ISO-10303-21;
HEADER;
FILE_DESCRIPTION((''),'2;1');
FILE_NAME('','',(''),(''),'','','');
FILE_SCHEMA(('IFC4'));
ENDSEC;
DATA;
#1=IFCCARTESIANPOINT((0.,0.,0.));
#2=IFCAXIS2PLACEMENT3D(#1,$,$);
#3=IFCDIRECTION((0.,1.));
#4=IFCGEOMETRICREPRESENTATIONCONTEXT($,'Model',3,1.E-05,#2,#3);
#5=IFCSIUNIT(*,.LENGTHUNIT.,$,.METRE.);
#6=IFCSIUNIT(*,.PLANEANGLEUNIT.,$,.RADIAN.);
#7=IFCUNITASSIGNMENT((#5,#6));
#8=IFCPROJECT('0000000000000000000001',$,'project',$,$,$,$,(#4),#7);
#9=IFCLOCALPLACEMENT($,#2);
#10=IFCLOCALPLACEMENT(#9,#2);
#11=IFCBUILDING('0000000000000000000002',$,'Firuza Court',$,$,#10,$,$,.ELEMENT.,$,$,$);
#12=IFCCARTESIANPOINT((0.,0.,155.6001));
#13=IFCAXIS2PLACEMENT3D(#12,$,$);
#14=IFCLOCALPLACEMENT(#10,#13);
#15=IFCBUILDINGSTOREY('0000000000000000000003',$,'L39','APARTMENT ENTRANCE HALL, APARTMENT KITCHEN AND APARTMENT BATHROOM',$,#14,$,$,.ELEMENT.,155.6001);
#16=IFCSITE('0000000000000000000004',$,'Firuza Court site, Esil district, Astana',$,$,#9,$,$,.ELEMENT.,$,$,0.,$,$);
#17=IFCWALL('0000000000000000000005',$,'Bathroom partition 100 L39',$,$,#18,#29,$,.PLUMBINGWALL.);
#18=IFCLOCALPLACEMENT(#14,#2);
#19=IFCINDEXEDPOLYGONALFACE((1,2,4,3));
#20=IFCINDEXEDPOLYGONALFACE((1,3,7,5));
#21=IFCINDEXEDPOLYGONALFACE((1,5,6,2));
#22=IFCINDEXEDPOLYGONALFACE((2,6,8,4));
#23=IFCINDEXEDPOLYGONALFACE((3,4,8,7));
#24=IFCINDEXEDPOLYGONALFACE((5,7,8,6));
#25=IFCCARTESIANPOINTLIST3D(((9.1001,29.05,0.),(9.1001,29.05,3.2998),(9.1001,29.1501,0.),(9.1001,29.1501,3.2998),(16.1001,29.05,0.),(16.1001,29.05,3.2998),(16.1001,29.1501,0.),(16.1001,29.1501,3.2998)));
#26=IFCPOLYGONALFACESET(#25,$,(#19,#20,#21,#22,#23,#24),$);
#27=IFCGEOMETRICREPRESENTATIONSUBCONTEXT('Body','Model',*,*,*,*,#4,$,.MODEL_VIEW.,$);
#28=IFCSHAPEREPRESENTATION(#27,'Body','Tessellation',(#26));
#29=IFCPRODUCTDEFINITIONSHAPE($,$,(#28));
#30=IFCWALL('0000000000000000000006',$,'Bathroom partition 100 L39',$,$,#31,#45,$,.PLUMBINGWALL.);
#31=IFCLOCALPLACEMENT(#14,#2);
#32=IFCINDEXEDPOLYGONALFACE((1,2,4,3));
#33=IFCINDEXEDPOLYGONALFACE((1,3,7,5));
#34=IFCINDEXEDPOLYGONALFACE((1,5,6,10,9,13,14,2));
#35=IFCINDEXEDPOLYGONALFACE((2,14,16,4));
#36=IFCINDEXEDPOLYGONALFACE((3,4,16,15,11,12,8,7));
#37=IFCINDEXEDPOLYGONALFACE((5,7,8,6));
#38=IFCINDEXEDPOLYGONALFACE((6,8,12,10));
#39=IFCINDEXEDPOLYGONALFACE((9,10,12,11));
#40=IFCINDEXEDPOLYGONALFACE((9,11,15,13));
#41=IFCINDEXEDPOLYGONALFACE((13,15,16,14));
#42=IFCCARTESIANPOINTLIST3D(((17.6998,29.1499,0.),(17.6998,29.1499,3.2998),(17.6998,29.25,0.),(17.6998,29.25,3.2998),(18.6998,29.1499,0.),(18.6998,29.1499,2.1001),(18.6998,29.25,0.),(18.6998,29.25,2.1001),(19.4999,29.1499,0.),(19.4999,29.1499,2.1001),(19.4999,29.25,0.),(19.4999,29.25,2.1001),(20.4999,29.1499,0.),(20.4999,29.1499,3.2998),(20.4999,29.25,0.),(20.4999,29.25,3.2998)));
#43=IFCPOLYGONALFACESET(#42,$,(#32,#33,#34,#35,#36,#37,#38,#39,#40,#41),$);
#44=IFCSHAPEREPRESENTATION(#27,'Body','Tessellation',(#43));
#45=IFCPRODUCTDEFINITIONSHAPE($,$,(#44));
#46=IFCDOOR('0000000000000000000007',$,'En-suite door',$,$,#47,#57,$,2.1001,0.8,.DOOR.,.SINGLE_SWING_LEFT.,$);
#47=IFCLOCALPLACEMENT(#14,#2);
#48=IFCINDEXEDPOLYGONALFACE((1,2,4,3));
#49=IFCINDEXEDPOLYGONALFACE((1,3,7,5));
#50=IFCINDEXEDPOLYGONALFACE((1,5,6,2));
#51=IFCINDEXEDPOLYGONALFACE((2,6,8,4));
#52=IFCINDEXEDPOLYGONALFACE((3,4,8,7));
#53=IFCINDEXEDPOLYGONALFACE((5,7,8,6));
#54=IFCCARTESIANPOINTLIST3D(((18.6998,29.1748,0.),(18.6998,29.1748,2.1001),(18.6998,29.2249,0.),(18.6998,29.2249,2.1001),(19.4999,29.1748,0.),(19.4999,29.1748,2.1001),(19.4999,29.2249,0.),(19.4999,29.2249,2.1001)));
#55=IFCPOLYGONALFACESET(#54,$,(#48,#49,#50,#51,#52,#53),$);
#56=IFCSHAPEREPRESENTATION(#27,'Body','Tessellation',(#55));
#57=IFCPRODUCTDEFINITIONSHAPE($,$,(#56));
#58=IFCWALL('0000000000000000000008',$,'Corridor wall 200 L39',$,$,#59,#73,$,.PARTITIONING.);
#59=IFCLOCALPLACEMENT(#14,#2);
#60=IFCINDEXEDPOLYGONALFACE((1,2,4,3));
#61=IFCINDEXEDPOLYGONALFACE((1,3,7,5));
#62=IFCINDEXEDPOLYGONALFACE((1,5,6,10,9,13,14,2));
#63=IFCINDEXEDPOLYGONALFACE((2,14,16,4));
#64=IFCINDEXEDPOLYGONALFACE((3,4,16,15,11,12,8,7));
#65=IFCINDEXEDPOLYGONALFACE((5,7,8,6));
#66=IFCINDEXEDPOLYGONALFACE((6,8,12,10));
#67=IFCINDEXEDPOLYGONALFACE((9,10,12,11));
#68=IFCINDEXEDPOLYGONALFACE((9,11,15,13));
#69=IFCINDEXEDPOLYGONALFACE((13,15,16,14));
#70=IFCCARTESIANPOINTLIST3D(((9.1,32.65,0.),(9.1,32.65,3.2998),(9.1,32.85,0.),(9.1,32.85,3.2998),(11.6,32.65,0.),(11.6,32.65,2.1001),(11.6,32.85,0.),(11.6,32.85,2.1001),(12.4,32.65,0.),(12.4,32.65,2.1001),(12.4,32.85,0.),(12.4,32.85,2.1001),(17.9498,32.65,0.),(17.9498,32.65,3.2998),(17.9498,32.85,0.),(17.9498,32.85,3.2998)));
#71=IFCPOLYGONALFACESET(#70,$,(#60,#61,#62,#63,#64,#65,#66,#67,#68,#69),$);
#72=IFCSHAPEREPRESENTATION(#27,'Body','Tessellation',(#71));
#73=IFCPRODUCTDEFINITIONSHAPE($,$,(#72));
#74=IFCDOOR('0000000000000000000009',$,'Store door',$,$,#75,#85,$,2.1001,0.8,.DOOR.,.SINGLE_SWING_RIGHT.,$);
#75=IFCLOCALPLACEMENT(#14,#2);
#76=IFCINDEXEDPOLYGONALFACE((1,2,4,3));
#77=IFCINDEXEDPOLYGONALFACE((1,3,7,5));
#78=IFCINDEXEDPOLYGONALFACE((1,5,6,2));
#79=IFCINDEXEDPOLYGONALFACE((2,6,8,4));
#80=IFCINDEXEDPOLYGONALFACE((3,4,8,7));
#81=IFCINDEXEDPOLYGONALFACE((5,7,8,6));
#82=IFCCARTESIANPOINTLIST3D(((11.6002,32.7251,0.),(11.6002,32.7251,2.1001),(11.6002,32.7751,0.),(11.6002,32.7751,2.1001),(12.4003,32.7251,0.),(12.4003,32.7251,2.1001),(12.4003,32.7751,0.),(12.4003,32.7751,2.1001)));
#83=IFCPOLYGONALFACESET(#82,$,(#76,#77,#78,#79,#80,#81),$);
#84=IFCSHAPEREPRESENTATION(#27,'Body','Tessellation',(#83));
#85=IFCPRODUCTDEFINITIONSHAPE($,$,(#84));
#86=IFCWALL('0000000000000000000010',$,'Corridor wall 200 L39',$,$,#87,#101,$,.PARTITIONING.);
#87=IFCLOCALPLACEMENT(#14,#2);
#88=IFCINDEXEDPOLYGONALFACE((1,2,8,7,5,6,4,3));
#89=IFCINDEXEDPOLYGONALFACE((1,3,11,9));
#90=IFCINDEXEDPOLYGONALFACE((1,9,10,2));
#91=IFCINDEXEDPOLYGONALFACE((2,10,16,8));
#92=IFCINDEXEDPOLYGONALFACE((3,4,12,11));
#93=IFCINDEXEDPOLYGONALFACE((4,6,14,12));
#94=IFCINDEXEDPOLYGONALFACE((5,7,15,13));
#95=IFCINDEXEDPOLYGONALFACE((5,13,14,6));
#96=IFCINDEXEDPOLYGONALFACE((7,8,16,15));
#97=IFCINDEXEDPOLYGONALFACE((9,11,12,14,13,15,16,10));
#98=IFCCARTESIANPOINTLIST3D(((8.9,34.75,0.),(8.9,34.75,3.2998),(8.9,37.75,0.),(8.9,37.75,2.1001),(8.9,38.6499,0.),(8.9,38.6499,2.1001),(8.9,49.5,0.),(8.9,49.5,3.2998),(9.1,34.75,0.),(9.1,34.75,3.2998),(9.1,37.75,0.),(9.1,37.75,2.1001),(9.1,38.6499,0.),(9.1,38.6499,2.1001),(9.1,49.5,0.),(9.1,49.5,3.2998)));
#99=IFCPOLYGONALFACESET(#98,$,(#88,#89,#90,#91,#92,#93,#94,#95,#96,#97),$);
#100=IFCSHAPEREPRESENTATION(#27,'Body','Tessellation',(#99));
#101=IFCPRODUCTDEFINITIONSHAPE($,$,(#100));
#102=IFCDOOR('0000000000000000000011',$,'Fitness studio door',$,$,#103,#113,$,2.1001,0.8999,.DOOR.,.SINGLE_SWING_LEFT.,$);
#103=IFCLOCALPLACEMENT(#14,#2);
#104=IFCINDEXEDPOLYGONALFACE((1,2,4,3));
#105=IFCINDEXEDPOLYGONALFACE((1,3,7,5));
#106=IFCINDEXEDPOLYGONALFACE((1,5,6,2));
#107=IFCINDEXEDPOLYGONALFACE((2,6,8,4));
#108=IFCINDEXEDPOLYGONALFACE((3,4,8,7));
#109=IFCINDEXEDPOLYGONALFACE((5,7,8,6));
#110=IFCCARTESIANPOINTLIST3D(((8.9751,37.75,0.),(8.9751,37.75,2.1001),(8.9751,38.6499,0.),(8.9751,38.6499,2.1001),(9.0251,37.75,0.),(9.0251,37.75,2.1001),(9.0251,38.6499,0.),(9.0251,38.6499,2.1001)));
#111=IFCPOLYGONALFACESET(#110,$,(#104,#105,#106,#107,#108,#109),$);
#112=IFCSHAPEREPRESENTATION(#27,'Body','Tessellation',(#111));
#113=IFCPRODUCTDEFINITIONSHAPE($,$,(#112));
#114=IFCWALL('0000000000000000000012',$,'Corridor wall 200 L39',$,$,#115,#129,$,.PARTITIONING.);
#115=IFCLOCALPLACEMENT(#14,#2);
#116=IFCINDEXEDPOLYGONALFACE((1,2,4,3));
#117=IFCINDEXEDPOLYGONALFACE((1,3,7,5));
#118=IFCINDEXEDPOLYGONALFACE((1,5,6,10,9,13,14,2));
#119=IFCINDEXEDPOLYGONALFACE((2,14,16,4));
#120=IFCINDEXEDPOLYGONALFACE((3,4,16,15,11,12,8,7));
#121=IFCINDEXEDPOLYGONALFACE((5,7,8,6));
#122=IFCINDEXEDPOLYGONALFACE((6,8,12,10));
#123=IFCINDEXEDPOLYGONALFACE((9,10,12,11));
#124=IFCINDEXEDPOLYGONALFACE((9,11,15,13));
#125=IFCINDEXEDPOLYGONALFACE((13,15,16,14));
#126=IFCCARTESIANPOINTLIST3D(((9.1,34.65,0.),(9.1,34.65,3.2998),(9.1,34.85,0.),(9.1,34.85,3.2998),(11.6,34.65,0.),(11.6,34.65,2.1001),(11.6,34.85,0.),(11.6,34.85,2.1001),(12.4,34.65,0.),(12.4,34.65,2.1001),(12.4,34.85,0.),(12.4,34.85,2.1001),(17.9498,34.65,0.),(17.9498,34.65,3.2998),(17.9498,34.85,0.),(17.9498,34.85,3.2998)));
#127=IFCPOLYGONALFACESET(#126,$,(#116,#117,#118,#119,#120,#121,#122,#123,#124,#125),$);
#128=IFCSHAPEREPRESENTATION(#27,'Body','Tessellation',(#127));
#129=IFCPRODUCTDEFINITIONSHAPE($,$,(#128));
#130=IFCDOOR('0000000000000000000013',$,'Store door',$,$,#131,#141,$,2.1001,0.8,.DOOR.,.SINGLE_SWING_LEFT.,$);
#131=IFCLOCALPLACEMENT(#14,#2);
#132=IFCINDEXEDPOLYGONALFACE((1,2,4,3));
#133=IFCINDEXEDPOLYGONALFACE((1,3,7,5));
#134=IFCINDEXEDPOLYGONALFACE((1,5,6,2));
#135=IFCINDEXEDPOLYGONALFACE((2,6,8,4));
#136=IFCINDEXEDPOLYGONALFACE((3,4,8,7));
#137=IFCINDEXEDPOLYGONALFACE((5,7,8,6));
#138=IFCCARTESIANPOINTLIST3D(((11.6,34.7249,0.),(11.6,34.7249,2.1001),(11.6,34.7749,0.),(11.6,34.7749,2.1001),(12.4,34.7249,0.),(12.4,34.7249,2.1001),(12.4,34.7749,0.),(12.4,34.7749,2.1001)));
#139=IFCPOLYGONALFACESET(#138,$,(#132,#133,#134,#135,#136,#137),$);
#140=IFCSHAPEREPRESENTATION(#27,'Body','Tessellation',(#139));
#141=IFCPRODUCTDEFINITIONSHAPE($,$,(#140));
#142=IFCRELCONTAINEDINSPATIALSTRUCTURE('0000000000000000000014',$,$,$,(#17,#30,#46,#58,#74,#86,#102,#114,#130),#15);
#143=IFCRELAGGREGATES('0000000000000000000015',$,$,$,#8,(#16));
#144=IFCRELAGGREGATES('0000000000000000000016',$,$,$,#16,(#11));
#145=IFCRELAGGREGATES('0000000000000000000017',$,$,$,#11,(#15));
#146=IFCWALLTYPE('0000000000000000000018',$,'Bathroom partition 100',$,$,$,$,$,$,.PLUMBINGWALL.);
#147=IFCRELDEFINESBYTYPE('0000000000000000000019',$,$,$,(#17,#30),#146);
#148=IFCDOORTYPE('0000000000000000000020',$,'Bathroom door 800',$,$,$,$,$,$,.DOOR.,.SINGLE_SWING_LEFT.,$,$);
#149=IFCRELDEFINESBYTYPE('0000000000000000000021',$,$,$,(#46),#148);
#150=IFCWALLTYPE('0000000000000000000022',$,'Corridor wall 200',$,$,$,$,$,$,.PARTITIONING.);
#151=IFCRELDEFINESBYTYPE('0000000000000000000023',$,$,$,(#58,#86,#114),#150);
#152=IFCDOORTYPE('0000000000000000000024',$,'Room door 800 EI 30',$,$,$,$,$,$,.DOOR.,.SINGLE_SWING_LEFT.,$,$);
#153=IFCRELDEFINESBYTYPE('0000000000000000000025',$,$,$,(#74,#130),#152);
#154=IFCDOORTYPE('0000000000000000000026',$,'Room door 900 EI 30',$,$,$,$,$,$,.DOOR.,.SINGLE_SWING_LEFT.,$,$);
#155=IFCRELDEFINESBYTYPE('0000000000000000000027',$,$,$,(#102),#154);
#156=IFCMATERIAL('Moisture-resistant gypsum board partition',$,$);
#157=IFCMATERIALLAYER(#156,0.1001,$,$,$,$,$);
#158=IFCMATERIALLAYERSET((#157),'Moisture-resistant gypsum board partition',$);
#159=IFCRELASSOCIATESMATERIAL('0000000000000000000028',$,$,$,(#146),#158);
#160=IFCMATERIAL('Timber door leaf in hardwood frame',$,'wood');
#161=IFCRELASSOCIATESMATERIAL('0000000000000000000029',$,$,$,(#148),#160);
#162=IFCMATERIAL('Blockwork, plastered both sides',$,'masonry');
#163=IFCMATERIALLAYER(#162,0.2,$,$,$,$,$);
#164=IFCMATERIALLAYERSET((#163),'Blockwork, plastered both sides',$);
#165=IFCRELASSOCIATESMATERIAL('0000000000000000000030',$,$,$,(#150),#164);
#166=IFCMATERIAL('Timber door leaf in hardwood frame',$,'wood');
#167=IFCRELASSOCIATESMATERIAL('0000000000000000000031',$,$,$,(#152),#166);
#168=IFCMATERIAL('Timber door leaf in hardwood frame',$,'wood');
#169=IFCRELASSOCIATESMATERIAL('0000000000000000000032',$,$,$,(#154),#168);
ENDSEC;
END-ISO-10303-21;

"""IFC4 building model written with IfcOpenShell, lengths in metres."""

from ifc_helpers import new_model, si_unit, direction, frame, frame_2d, origin, place, context, subcontext, project, spatial, rectangle, extrude, material, layer, layer_set, type_object, element, fill, save


model = new_model("IFC4")

# Units and contexts
model_context = context("Model", 3, precision=1e-05, world=origin(), true_north=direction((0.0, 1.0)))
body_context = subcontext(model_context, "Body", "Model", "MODEL_VIEW")
ifc_project = project(units=[si_unit("LENGTHUNIT", "METRE"), si_unit("PLANEANGLEUNIT", "RADIAN")], contexts=[model_context])

# Site, building, storey
site_placement = place(None, origin())
site = spatial("IfcSite", under=ifc_project, at=site_placement, Name="Firuza Court site, Esil district, Astana", CompositionType="ELEMENT", RefElevation=0.0)
building_placement = place(site_placement, origin())
building = spatial("IfcBuilding", under=site, at=building_placement, Name="Firuza Court", CompositionType="ELEMENT")
storey_placement = place(building_placement, frame((0.0, 0.0, 155.6001)))
storey = spatial("IfcBuildingStorey", under=building, at=storey_placement, Name="L39", Description="APARTMENT ENTRANCE HALL, APARTMENT KITCHEN AND APARTMENT BATHROOM", CompositionType="ELEMENT", Elevation=155.6001)

# Wall
ifc_material_1 = material(Name="Moisture-resistant gypsum board partition")
ifc_layer_1 = layer(ifc_material_1, 0.1001)
ifc_layer_set_1 = layer_set([ifc_layer_1], Name="Moisture-resistant gypsum board partition")
wall_type_1 = type_object("IfcWallType", Name="Bathroom partition 100", PredefinedType="PLUMBINGWALL", material=ifc_layer_set_1)
wall_1_placement = place(storey_placement, frame((9.1001, 29.1001, 0.0), z_axis=(0.0, 0.0, 1.0), x_axis=(1.0, 0.0, 0.0)))
element("IfcWall", 1, at=wall_1_placement, inside=storey, type_object=wall_type_1, Name="Bathroom partition 100 L39", PredefinedType="PLUMBINGWALL", context=body_context, shape_type="SweptSolid", body=[
    extrude(rectangle(XDim=7.0, YDim=0.1001, at=frame_2d((3.5, 0.0))), origin(), (0.0, 0.0, 1.0), 3.2998),
])

# Walls, openings, doors
wall_2_placement = place(storey_placement, frame((17.7, 29.2, 0.0), z_axis=(0.0, 0.0, 1.0), x_axis=(1.0, 0.0, 0.0)))
wall_2 = element("IfcWall", 2, at=wall_2_placement, inside=storey, type_object=wall_type_1, Name="Bathroom partition 100 L39", PredefinedType="PLUMBINGWALL", context=body_context, shape_type="SweptSolid", body=[
    extrude(rectangle(XDim=2.8, YDim=0.1001, at=frame_2d((1.3999, 0.0))), origin(), (0.0, 0.0, 1.0), 3.2998),
])
opening_1_placement = place(wall_2_placement, frame((1.0, 0.0, 0.0)))
opening_1 = element("IfcOpeningElement", 3, at=opening_1_placement, cuts=wall_2, PredefinedType="OPENING", context=body_context, shape_type="SweptSolid", body=[
    extrude(rectangle(XDim=0.8, YDim=2.1001, at=frame_2d((0.3999, 1.05))), frame((0.0, 0.062, 0.0), z_axis=(0.0, -1.0, 0.0), x_axis=(1.0, 0.0, 0.0)), (0.0, 0.0, 1.0), 0.124),
])
ifc_material_2 = material(Name="Timber door leaf in hardwood frame", Category="wood")
door_type_1 = type_object("IfcDoorType", Name="Bathroom door 800", OperationType="SINGLE_SWING_LEFT", PredefinedType="DOOR", material=ifc_material_2)
door_1_placement = place(opening_1_placement, origin())
door_1 = element("IfcDoor", 4, at=door_1_placement, inside=storey, type_object=door_type_1, Name="En-suite door", OperationType="SINGLE_SWING_LEFT", OverallHeight=2.1001, OverallWidth=0.8, PredefinedType="DOOR", context=body_context, shape_type="SweptSolid", body=[
    extrude(rectangle(XDim=0.8, YDim=2.1001, at=frame_2d((0.3999, 1.05))), frame((0.0, 0.0249, 0.0), z_axis=(0.0, -1.0, 0.0), x_axis=(1.0, 0.0, 0.0)), (0.0, 0.0, 1.0), 0.05),
])
fill(opening_1, door_1)
ifc_material_3 = material(Name="Blockwork, plastered both sides", Category="masonry")
ifc_layer_2 = layer(ifc_material_3, 0.2)
ifc_layer_set_2 = layer_set([ifc_layer_2], Name="Blockwork, plastered both sides")
wall_type_2 = type_object("IfcWallType", Name="Corridor wall 200", PredefinedType="PARTITIONING", material=ifc_layer_set_2)
wall_3_placement = place(storey_placement, frame((9.1001, 32.75, 0.0), z_axis=(0.0, 0.0, 1.0), x_axis=(1.0, 0.0, 0.0)))
wall_3 = element("IfcWall", 5, at=wall_3_placement, inside=storey, type_object=wall_type_2, Name="Corridor wall 200 L39", PredefinedType="PARTITIONING", context=body_context, shape_type="SweptSolid", body=[
    extrude(rectangle(XDim=8.8499, YDim=0.2, at=frame_2d((4.4248, 0.0))), origin(), (0.0, 0.0, 1.0), 3.2998),
])
opening_2_placement = place(wall_3_placement, frame((2.5, 0.0, 0.0)))
opening_2 = element("IfcOpeningElement", 6, at=opening_2_placement, cuts=wall_3, PredefinedType="OPENING", context=body_context, shape_type="SweptSolid", body=[
    extrude(rectangle(XDim=0.8, YDim=2.1001, at=frame_2d((0.3999, 1.05))), frame((0.0, 0.1118, 0.0), z_axis=(0.0, -1.0, 0.0), x_axis=(1.0, 0.0, 0.0)), (0.0, 0.0, 1.0), 0.2239),
])
ifc_material_4 = material(Name="Timber door leaf in hardwood frame", Category="wood")
door_type_2 = type_object("IfcDoorType", Name="Room door 800 EI 30", OperationType="SINGLE_SWING_LEFT", PredefinedType="DOOR", material=ifc_material_4)
door_2_placement = place(opening_2_placement, frame((0.8, 0.0, 0.0), z_axis=(0.0, 0.0, 1.0), x_axis=(-1.0, 0.0, 0.0)))
door_2 = element("IfcDoor", 7, at=door_2_placement, inside=storey, type_object=door_type_2, Name="Store door", OperationType="SINGLE_SWING_RIGHT", OverallHeight=2.1001, OverallWidth=0.8, PredefinedType="DOOR", context=body_context, shape_type="SweptSolid", body=[
    extrude(rectangle(XDim=0.8, YDim=2.1001, at=frame_2d((0.3999, 1.05))), frame((0.0, 0.0249, 0.0), z_axis=(0.0, -1.0, 0.0), x_axis=(1.0, 0.0, 0.0)), (0.0, 0.0, 1.0), 0.05),
])
fill(opening_2, door_2)
wall_4_placement = place(storey_placement, frame((9.0, 34.75, 0.0), z_axis=(0.0, 0.0, 1.0), x_axis=(0.0, 1.0, 0.0)))
wall_4 = element("IfcWall", 8, at=wall_4_placement, inside=storey, type_object=wall_type_2, Name="Corridor wall 200 L39", PredefinedType="PARTITIONING", context=body_context, shape_type="SweptSolid", body=[
    extrude(rectangle(XDim=14.75, YDim=0.2, at=frame_2d((7.375, 0.0))), origin(), (0.0, 0.0, 1.0), 3.2998),
])
opening_3_placement = place(wall_4_placement, frame((3.0, 0.0, 0.0)))
opening_3 = element("IfcOpeningElement", 9, at=opening_3_placement, cuts=wall_4, PredefinedType="OPENING", context=body_context, shape_type="SweptSolid", body=[
    extrude(rectangle(XDim=0.8999, YDim=2.1001, at=frame_2d((0.45, 1.05))), frame((0.0, 0.1118, 0.0), z_axis=(0.0, -1.0, 0.0), x_axis=(1.0, 0.0, 0.0)), (0.0, 0.0, 1.0), 0.2239),
])
ifc_material_5 = material(Name="Timber door leaf in hardwood frame", Category="wood")
door_type_3 = type_object("IfcDoorType", Name="Room door 900 EI 30", OperationType="SINGLE_SWING_LEFT", PredefinedType="DOOR", material=ifc_material_5)
door_3_placement = place(opening_3_placement, origin())
door_3 = element("IfcDoor", 10, at=door_3_placement, inside=storey, type_object=door_type_3, Name="Fitness studio door", OperationType="SINGLE_SWING_LEFT", OverallHeight=2.1001, OverallWidth=0.8999, PredefinedType="DOOR", context=body_context, shape_type="SweptSolid", body=[
    extrude(rectangle(XDim=0.8999, YDim=2.1001, at=frame_2d((0.45, 1.05))), frame((0.0, 0.0249, 0.0), z_axis=(0.0, -1.0, 0.0), x_axis=(1.0, 0.0, 0.0)), (0.0, 0.0, 1.0), 0.05),
])
fill(opening_3, door_3)
wall_5_placement = place(storey_placement, frame((9.1001, 34.75, 0.0), z_axis=(0.0, 0.0, 1.0), x_axis=(1.0, 0.0, 0.0)))
wall_5 = element("IfcWall", 11, at=wall_5_placement, inside=storey, type_object=wall_type_2, Name="Corridor wall 200 L39", PredefinedType="PARTITIONING", context=body_context, shape_type="SweptSolid", body=[
    extrude(rectangle(XDim=8.8499, YDim=0.2, at=frame_2d((4.4248, 0.0))), origin(), (0.0, 0.0, 1.0), 3.2998),
])
opening_4_placement = place(wall_5_placement, frame((2.5, 0.0, 0.0)))
opening_4 = element("IfcOpeningElement", 12, at=opening_4_placement, cuts=wall_5, PredefinedType="OPENING", context=body_context, shape_type="SweptSolid", body=[
    extrude(rectangle(XDim=0.8, YDim=2.1001, at=frame_2d((0.3999, 1.05))), frame((0.0, 0.1118, 0.0), z_axis=(0.0, -1.0, 0.0), x_axis=(1.0, 0.0, 0.0)), (0.0, 0.0, 1.0), 0.2239),
])
door_4_placement = place(opening_4_placement, origin())
door_4 = element("IfcDoor", 13, at=door_4_placement, inside=storey, type_object=door_type_2, Name="Store door", OperationType="SINGLE_SWING_LEFT", OverallHeight=2.1001, OverallWidth=0.8, PredefinedType="DOOR", context=body_context, shape_type="SweptSolid", body=[
    extrude(rectangle(XDim=0.8, YDim=2.1001, at=frame_2d((0.3999, 1.05))), frame((0.0, 0.0249, 0.0), z_axis=(0.0, -1.0, 0.0), x_axis=(1.0, 0.0, 0.0)), (0.0, 0.0, 1.0), 0.05),
])
fill(opening_4, door_4)

save(model, "model.ifc")
